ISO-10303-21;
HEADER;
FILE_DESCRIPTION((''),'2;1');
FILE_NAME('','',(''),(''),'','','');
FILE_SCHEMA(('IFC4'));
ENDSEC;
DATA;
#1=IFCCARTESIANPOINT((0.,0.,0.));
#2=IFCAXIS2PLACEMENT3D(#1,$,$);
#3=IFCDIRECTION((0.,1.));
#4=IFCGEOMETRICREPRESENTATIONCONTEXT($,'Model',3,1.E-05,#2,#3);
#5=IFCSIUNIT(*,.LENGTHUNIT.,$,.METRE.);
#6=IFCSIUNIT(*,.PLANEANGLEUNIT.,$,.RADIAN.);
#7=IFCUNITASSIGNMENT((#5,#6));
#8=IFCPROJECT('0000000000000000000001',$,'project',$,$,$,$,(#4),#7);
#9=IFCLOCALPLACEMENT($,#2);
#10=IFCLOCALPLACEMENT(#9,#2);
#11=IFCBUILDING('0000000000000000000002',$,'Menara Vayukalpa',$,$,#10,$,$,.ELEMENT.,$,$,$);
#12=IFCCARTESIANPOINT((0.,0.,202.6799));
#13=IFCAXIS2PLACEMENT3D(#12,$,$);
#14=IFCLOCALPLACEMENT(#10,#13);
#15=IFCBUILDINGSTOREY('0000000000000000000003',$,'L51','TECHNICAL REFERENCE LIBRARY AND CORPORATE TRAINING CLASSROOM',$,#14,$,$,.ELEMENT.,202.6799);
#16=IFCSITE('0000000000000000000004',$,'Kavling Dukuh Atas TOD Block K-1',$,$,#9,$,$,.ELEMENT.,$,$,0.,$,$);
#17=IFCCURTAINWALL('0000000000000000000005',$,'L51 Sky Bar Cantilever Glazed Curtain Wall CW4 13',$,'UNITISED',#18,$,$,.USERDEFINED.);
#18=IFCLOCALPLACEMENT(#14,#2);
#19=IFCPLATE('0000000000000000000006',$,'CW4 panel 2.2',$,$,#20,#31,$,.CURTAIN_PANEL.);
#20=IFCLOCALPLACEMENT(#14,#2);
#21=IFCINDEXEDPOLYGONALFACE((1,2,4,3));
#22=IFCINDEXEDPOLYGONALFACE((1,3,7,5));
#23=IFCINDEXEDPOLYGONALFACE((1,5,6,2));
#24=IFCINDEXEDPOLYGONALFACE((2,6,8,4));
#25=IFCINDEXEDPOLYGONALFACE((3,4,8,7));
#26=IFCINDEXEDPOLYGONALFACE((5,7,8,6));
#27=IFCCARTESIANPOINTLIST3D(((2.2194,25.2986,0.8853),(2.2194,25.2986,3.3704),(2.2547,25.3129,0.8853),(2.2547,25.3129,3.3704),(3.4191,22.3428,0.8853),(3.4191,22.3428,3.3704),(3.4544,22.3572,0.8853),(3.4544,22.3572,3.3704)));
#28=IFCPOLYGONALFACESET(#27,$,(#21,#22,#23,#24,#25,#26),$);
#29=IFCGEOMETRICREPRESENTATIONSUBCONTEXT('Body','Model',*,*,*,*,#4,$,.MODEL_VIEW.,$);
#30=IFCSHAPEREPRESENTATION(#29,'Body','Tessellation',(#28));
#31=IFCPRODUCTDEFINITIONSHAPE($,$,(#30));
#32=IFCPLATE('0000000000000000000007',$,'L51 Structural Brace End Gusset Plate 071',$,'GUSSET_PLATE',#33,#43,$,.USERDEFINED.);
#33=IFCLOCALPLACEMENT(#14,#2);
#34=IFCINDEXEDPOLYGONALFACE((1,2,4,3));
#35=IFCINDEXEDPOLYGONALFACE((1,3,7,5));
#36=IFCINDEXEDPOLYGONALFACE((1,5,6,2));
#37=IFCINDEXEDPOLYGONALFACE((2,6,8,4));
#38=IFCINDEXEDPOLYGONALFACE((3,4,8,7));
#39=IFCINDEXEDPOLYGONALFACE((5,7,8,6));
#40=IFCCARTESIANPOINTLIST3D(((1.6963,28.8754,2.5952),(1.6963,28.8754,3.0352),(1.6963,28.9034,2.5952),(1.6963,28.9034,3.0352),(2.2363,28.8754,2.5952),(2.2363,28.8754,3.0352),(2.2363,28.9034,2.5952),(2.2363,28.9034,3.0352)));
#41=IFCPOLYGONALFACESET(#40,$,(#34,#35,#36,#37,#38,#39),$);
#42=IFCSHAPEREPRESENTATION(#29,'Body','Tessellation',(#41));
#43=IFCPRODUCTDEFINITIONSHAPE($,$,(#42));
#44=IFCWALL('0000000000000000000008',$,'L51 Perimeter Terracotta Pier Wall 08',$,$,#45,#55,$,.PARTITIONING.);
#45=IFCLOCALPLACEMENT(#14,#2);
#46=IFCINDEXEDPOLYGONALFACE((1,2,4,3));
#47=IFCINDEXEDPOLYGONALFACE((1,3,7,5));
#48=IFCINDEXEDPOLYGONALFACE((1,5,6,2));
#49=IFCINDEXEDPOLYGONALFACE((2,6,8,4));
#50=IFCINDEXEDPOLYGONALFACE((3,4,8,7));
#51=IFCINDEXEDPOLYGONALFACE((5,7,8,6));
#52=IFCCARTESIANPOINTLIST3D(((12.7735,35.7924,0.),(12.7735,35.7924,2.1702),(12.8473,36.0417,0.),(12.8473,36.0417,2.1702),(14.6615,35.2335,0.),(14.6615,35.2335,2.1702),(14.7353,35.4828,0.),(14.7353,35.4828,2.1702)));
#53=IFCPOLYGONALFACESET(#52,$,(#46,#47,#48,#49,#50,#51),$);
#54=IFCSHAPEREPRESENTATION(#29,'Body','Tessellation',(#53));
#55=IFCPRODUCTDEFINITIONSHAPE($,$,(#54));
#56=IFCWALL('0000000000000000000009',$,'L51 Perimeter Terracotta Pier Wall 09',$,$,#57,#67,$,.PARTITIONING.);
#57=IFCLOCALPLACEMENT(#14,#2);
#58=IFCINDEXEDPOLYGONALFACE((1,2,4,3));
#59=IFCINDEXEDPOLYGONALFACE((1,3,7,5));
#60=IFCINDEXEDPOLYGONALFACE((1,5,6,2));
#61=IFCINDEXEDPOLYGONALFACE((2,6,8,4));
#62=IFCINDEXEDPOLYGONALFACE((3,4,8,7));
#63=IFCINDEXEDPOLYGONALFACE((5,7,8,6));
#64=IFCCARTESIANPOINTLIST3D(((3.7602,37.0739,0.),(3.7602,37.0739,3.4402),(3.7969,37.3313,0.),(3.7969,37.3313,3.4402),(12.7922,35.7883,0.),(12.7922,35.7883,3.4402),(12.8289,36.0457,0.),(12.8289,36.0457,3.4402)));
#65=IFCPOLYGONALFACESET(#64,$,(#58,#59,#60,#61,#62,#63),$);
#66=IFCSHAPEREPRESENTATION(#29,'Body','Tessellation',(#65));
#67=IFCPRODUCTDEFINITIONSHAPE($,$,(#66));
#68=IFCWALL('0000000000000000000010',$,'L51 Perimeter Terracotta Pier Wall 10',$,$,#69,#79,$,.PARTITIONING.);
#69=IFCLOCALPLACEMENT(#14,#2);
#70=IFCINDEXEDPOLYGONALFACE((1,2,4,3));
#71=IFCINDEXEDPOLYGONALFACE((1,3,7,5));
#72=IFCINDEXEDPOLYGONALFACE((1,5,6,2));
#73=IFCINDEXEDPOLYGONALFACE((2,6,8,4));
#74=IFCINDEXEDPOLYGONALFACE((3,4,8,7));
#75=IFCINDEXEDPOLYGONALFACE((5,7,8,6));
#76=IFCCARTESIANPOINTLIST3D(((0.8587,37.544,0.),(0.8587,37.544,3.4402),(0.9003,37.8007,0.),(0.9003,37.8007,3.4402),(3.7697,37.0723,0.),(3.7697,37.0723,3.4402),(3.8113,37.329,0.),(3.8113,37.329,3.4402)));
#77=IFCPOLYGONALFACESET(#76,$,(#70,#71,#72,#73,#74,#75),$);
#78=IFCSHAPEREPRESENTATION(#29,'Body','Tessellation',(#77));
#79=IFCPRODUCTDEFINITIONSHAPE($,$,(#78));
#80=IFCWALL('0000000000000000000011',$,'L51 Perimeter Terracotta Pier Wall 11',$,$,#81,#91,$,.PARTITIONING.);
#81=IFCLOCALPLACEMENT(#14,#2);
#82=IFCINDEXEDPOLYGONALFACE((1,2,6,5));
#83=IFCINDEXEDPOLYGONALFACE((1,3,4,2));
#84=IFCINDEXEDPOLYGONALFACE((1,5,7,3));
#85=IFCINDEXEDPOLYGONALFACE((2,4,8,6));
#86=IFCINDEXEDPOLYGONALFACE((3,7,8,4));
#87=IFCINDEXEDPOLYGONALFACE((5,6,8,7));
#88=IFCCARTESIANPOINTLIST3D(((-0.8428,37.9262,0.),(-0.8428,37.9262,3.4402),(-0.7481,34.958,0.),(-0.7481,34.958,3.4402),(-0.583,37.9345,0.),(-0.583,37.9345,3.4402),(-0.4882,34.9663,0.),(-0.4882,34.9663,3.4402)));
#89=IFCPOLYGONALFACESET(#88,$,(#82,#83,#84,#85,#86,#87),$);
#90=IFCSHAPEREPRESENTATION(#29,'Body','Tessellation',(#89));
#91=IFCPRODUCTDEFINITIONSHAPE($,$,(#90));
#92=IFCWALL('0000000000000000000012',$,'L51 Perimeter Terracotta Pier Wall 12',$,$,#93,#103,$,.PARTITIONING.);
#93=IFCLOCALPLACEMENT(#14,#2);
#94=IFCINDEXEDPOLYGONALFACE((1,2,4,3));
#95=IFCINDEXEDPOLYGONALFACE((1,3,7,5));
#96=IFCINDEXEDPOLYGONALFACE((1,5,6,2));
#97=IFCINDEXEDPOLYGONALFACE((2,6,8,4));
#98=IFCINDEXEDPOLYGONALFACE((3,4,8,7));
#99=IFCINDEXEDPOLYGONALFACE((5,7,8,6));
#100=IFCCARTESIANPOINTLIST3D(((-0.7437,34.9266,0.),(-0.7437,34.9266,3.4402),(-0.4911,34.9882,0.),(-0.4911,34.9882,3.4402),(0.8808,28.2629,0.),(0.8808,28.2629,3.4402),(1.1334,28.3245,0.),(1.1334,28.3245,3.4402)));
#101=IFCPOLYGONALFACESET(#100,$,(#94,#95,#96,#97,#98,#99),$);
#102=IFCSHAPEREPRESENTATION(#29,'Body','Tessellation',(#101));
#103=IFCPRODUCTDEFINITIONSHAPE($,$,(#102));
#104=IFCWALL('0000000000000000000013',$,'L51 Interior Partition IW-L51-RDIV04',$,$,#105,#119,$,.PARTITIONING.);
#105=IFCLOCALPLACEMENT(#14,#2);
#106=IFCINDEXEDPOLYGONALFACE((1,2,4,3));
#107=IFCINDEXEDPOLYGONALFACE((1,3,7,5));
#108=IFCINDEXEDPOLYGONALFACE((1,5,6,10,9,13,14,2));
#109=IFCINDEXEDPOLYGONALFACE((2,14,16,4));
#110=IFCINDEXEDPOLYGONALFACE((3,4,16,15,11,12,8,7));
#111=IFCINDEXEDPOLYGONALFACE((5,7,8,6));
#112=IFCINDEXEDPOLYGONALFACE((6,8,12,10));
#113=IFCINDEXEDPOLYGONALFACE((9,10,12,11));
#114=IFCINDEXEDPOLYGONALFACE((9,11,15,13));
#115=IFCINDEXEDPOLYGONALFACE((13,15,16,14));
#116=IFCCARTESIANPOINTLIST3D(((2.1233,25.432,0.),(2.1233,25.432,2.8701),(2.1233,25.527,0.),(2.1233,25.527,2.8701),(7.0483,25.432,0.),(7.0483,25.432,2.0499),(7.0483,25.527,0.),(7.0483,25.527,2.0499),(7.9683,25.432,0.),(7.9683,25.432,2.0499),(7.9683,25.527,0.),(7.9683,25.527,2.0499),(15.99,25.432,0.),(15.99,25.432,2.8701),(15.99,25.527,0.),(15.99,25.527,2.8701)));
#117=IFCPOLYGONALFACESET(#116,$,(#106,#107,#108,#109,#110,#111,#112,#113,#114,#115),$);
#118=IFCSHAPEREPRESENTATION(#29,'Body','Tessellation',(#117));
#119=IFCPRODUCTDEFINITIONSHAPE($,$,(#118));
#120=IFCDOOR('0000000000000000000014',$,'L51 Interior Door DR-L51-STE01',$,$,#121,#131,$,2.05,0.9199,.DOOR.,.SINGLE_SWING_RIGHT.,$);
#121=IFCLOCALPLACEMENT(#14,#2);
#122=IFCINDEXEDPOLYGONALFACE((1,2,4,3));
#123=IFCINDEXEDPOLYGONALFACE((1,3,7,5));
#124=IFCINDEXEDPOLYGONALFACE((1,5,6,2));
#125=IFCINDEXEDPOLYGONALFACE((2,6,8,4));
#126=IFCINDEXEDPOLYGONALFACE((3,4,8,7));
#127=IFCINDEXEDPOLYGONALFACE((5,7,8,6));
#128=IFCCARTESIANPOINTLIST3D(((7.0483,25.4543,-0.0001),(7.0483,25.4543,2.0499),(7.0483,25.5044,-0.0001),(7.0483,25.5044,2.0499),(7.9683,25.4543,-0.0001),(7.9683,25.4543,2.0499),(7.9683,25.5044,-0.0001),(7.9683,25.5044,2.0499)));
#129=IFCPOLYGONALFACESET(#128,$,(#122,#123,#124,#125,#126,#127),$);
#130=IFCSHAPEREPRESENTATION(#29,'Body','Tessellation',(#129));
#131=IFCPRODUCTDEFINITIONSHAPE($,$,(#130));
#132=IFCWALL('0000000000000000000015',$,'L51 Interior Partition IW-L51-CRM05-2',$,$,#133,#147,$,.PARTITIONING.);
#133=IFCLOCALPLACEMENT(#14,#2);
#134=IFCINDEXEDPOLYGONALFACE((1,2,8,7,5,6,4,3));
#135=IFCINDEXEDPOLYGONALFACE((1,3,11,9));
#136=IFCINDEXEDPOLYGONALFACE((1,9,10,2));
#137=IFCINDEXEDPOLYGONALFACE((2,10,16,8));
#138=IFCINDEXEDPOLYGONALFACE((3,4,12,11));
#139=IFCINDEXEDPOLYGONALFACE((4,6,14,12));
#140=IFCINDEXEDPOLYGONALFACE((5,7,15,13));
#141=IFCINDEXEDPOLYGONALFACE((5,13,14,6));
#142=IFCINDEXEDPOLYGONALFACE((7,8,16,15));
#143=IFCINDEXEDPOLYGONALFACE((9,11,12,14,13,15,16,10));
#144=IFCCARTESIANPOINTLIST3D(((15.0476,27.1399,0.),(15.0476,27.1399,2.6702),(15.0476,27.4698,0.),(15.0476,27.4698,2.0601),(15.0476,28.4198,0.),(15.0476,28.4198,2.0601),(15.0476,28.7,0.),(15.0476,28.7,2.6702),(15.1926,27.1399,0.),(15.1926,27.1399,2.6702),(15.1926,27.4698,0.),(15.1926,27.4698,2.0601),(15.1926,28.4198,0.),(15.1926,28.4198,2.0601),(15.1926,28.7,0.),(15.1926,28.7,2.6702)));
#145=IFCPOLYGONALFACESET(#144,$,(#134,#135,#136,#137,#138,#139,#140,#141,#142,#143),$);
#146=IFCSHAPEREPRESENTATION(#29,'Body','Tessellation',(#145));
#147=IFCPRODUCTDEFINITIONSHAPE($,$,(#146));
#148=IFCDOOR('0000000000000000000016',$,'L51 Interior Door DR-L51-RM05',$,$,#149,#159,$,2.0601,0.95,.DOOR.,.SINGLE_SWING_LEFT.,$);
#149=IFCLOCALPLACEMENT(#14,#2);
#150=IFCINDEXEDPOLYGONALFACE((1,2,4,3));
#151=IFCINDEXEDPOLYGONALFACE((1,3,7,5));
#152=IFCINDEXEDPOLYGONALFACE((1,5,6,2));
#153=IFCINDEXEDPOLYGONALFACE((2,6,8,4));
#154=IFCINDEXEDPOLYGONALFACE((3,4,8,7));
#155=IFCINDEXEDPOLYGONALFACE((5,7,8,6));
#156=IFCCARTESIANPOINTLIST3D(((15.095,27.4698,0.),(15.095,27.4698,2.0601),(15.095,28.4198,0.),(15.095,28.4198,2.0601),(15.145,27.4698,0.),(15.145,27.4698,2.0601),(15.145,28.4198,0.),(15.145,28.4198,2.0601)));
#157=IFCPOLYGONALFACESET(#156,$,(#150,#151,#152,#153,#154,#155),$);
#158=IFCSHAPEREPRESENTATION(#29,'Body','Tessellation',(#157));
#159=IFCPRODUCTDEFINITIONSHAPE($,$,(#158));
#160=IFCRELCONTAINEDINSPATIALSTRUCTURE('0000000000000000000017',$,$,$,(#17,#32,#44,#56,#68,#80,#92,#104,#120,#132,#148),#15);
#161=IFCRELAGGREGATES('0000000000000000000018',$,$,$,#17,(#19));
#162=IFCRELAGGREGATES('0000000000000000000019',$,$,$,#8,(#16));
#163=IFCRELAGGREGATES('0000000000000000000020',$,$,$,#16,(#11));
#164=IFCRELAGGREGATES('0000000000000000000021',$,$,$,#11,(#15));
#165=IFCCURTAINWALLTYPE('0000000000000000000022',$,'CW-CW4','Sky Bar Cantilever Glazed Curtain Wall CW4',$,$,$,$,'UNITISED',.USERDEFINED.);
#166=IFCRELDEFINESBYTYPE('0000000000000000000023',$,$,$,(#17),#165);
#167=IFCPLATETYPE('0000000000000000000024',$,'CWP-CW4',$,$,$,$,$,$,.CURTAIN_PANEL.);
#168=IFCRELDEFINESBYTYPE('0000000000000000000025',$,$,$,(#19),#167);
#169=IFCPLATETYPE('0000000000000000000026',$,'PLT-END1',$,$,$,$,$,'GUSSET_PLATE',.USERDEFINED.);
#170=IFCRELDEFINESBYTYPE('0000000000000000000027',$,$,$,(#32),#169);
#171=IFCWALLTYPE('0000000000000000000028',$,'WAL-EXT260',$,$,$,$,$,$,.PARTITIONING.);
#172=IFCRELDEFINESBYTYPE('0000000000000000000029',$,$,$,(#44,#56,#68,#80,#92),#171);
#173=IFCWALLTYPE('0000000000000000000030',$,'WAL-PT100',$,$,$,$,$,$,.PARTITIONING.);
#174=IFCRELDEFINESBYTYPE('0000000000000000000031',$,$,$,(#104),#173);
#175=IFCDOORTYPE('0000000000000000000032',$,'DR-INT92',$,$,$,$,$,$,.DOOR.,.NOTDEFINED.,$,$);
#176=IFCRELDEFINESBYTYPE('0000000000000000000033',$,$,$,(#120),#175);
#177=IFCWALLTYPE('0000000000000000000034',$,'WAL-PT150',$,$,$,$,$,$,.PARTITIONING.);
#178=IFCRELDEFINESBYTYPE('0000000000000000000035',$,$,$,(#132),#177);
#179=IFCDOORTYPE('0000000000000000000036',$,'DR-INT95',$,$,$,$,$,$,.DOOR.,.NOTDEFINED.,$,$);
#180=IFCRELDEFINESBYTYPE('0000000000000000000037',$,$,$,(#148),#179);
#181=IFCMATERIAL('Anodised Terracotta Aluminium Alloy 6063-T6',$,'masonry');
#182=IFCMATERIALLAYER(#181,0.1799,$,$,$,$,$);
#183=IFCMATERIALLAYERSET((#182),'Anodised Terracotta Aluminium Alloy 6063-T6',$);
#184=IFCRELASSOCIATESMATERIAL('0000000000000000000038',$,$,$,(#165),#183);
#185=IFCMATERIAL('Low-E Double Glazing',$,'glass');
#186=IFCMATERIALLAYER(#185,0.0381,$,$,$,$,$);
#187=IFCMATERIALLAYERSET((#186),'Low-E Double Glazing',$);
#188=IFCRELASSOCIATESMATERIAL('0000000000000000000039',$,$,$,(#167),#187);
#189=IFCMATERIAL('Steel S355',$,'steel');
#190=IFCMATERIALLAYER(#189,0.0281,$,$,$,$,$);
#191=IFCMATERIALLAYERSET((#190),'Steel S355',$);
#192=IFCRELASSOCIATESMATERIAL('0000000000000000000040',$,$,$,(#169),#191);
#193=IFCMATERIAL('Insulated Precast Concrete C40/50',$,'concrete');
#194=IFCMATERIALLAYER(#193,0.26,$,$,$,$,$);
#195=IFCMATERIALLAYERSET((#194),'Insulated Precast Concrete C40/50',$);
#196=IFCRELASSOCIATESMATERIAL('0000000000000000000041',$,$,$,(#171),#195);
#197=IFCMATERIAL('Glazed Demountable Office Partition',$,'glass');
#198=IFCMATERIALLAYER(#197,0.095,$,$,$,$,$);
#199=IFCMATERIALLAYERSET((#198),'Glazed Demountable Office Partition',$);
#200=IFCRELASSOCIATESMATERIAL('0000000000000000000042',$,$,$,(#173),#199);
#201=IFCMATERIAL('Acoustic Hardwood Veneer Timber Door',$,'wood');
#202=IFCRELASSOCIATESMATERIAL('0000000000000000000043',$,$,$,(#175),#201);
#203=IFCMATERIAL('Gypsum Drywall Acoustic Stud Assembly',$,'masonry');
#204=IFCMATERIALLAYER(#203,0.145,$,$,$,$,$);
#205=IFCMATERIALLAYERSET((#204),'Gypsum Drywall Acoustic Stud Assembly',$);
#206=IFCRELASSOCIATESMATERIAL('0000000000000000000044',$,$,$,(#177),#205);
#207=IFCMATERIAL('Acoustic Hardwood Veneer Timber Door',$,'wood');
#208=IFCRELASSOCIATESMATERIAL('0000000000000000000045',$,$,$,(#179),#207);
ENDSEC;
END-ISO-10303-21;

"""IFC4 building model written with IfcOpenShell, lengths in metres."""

from ifc_helpers import new_model, si_unit, direction, frame, frame_2d, origin, origin_2d, place, context, subcontext, project, spatial, rectangle, extrude, material, layer, layer_set, type_object, element, fill, aggregate, save


model = new_model("IFC4")

# Units and contexts
model_context = context("Model", 3, precision=1e-05, world=origin(), true_north=direction((0.0, 1.0)))
body_context = subcontext(model_context, "Body", "Model", "MODEL_VIEW")
ifc_project = project(units=[si_unit("LENGTHUNIT", "METRE"), si_unit("PLANEANGLEUNIT", "RADIAN")], contexts=[model_context])

# Site, building, storey
site_placement = place(None, origin())
site = spatial("IfcSite", under=ifc_project, at=site_placement, Name="Kavling Dukuh Atas TOD Block K-1", CompositionType="ELEMENT", RefElevation=0.0)
building_placement = place(site_placement, origin())
building = spatial("IfcBuilding", under=site, at=building_placement, Name="Menara Vayukalpa", CompositionType="ELEMENT")
storey_placement = place(building_placement, frame((0.0, 0.0, 202.6799)))
storey = spatial("IfcBuildingStorey", under=building, at=storey_placement, Name="L51", Description="TECHNICAL REFERENCE LIBRARY AND CORPORATE TRAINING CLASSROOM", CompositionType="ELEMENT", Elevation=202.6799)

# Curtain wall, plate
ifc_material_1 = material(Name="Anodised Terracotta Aluminium Alloy 6063-T6", Category="masonry")
ifc_layer_1 = layer(ifc_material_1, 0.1799)
ifc_layer_set_1 = layer_set([ifc_layer_1], Name="Anodised Terracotta Aluminium Alloy 6063-T6")
curtain_wall_type = type_object("IfcCurtainWallType", Name="CW-CW4", Description="Sky Bar Cantilever Glazed Curtain Wall CW4", ElementType="UNITISED", PredefinedType="USERDEFINED", material=ifc_layer_set_1)
curtain_wall_placement = place(storey_placement, origin())
curtain_wall = element("IfcCurtainWall", 1, at=curtain_wall_placement, inside=storey, type_object=curtain_wall_type, Name="L51 Sky Bar Cantilever Glazed Curtain Wall CW4 13", ObjectType="UNITISED", PredefinedType="USERDEFINED")
ifc_material_2 = material(Name="Low-E Double Glazing", Category="glass")
ifc_layer_2 = layer(ifc_material_2, 0.0381)
ifc_layer_set_2 = layer_set([ifc_layer_2], Name="Low-E Double Glazing")
plate_type_1 = type_object("IfcPlateType", Name="CWP-CW4", PredefinedType="CURTAIN_PANEL", material=ifc_layer_set_2)
plate_1_placement = place(storey_placement, frame((2.8369, 23.8279, 0.8853), z_axis=(0.0, 0.0, 1.0), x_axis=(0.376092, -0.926582, 0.0)))
plate_1 = element("IfcPlate", 2, at=plate_1_placement, type_object=plate_type_1, Name="CW4 panel 2.2", PredefinedType="CURTAIN_PANEL", context=body_context, shape_type="SweptSolid", body=[
    extrude(rectangle(XDim=3.1899, YDim=0.0381, at=origin_2d()), origin(), (0.0, 0.0, 1.0), 2.4851),
])
aggregate(curtain_wall, [plate_1])

# Plate
ifc_material_3 = material(Name="Steel S355", Category="steel")
ifc_layer_3 = layer(ifc_material_3, 0.0281)
ifc_layer_set_3 = layer_set([ifc_layer_3], Name="Steel S355")
plate_type_2 = type_object("IfcPlateType", Name="PLT-END1", ElementType="GUSSET_PLATE", PredefinedType="USERDEFINED", material=ifc_layer_set_3)
plate_2_placement = place(storey_placement, frame((1.9663, 28.8894, 2.5952), z_axis=(0.0, 0.0, 1.0), x_axis=(1.0, 0.0, 0.0)))
element("IfcPlate", 3, at=plate_2_placement, inside=storey, type_object=plate_type_2, Name="L51 Structural Brace End Gusset Plate 071", ObjectType="GUSSET_PLATE", PredefinedType="USERDEFINED", context=body_context, shape_type="SweptSolid", body=[
    extrude(rectangle(XDim=0.54, YDim=0.0281, at=origin_2d()), origin(), (0.0, 0.0, 1.0), 0.4399),
])

# Walls
ifc_material_4 = material(Name="Insulated Precast Concrete C40/50", Category="concrete")
ifc_layer_4 = layer(ifc_material_4, 0.26)
ifc_layer_set_4 = layer_set([ifc_layer_4], Name="Insulated Precast Concrete C40/50")
wall_type_1 = type_object("IfcWallType", Name="WAL-EXT260", PredefinedType="PARTITIONING", material=ifc_layer_set_4)
wall_1_placement = place(storey_placement, frame((12.8105, 35.917, 0.0), z_axis=(0.0, 0.0, 1.0), x_axis=(0.958874, -0.283831, 0.0)))
element("IfcWall", 4, at=wall_1_placement, inside=storey, type_object=wall_type_1, Name="L51 Perimeter Terracotta Pier Wall 08", PredefinedType="PARTITIONING", context=body_context, shape_type="SweptSolid", body=[
    extrude(rectangle(XDim=1.969, YDim=0.26, at=frame_2d((0.9844, 0.0))), origin(), (0.0, 0.0, 1.0), 2.1702),
])
wall_2_placement = place(storey_placement, frame((3.7786, 37.2026, 0.0), z_axis=(0.0, 0.0, 1.0), x_axis=(0.990021, -0.140923, 0.0)))
element("IfcWall", 5, at=wall_2_placement, inside=storey, type_object=wall_type_1, Name="L51 Perimeter Terracotta Pier Wall 09", PredefinedType="PARTITIONING", context=body_context, shape_type="SweptSolid", body=[
    extrude(rectangle(XDim=9.123, YDim=0.26, at=frame_2d((4.5615, 0.0))), origin(), (0.0, 0.0, 1.0), 3.4402),
])
wall_3_placement = place(storey_placement, frame((0.8794, 37.6724, 0.0), z_axis=(0.0, 0.0, 1.0), x_axis=(0.987125, -0.159953, 0.0)))
element("IfcWall", 6, at=wall_3_placement, inside=storey, type_object=wall_type_1, Name="L51 Perimeter Terracotta Pier Wall 10", PredefinedType="PARTITIONING", context=body_context, shape_type="SweptSolid", body=[
    extrude(rectangle(XDim=2.949, YDim=0.26, at=frame_2d((1.4746, 0.0))), origin(), (0.0, 0.0, 1.0), 3.4402),
])
wall_4_placement = place(storey_placement, frame((-0.6182, 34.9622, 0.0), z_axis=(0.0, 0.0, 1.0), x_axis=(-0.031897, 0.999491, 0.0)))
element("IfcWall", 7, at=wall_4_placement, inside=storey, type_object=wall_type_1, Name="L51 Perimeter Terracotta Pier Wall 11", PredefinedType="PARTITIONING", context=body_context, shape_type="SweptSolid", body=[
    extrude(rectangle(XDim=2.9697, YDim=0.26, at=frame_2d((1.4849, 0.0))), origin(), (0.0, 0.0, 1.0), 3.4402),
])
wall_5_placement = place(storey_placement, frame((1.0071, 28.2937, 0.0), z_axis=(0.0, 0.0, 1.0), x_axis=(-0.236845, 0.971548, 0.0)))
element("IfcWall", 8, at=wall_5_placement, inside=storey, type_object=wall_type_1, Name="L51 Perimeter Terracotta Pier Wall 12", PredefinedType="PARTITIONING", context=body_context, shape_type="SweptSolid", body=[
    extrude(rectangle(XDim=6.8589, YDim=0.26, at=frame_2d((3.4294, 0.0))), origin(), (0.0, 0.0, 1.0), 3.4402),
])

# Walls, openings, doors
ifc_material_5 = material(Name="Glazed Demountable Office Partition", Category="glass")
ifc_layer_5 = layer(ifc_material_5, 0.095)
ifc_layer_set_5 = layer_set([ifc_layer_5], Name="Glazed Demountable Office Partition")
wall_type_2 = type_object("IfcWallType", Name="WAL-PT100", PredefinedType="PARTITIONING", material=ifc_layer_set_5)
wall_6_placement = place(storey_placement, frame((2.1233, 25.4795, 0.0), z_axis=(0.0, 0.0, 1.0), x_axis=(1.0, 0.0, 0.0)))
wall_6 = element("IfcWall", 9, at=wall_6_placement, inside=storey, type_object=wall_type_2, Name="L51 Interior Partition IW-L51-RDIV04", PredefinedType="PARTITIONING", context=body_context, shape_type="SweptSolid", body=[
    extrude(rectangle(XDim=13.8667, YDim=0.095, at=frame_2d((6.9333, 0.0))), origin(), (0.0, 0.0, 1.0), 2.8701),
])
opening_1_placement = place(wall_6_placement, frame((4.925, 0.0, 0.0)))
opening_1 = element("IfcOpeningElement", 10, at=opening_1_placement, cuts=wall_6, PredefinedType="OPENING", context=body_context, shape_type="SweptSolid", body=[
    extrude(rectangle(XDim=0.9199, YDim=2.05, at=frame_2d((0.46, 1.0249))), frame((0.0, 0.0574, 0.0), z_axis=(0.0, -1.0, 0.0), x_axis=(1.0, 0.0, 0.0)), (0.0, 0.0, 1.0), 0.115),
])
ifc_material_6 = material(Name="Acoustic Hardwood Veneer Timber Door", Category="wood")
door_type_1 = type_object("IfcDoorType", Name="DR-INT92", OperationType="NOTDEFINED", PredefinedType="DOOR", material=ifc_material_6)
door_1_placement = place(opening_1_placement, origin())
door_1 = element("IfcDoor", 11, at=door_1_placement, inside=storey, type_object=door_type_1, Name="L51 Interior Door DR-L51-STE01", OperationType="SINGLE_SWING_RIGHT", OverallHeight=2.05, OverallWidth=0.9199, PredefinedType="DOOR", context=body_context, shape_type="SweptSolid", body=[
    extrude(rectangle(XDim=0.9199, YDim=2.05, at=frame_2d((0.46, 1.0249))), frame((0.0, 0.0249, 0.0), z_axis=(0.0, -1.0, 0.0), x_axis=(1.0, 0.0, 0.0)), (0.0, 0.0, 1.0), 0.05),
])
fill(opening_1, door_1)
ifc_material_7 = material(Name="Gypsum Drywall Acoustic Stud Assembly", Category="masonry")
ifc_layer_6 = layer(ifc_material_7, 0.145)
ifc_layer_set_6 = layer_set([ifc_layer_6], Name="Gypsum Drywall Acoustic Stud Assembly")
wall_type_3 = type_object("IfcWallType", Name="WAL-PT150", PredefinedType="PARTITIONING", material=ifc_layer_set_6)
wall_7_placement = place(storey_placement, frame((15.1201, 28.7, 0.0), z_axis=(0.0, 0.0, 1.0), x_axis=(0.0, -1.0, 0.0)))
wall_7 = element("IfcWall", 12, at=wall_7_placement, inside=storey, type_object=wall_type_3, Name="L51 Interior Partition IW-L51-CRM05-2", PredefinedType="PARTITIONING", context=body_context, shape_type="SweptSolid", body=[
    extrude(rectangle(XDim=1.5601, YDim=0.145, at=frame_2d((0.78, 0.0))), origin(), (0.0, 0.0, 1.0), 2.6702),
])
opening_2_placement = place(wall_7_placement, frame((0.28, 0.0, 0.0)))
opening_2 = element("IfcOpeningElement", 13, at=opening_2_placement, cuts=wall_7, PredefinedType="OPENING", context=body_context, shape_type="SweptSolid", body=[
    extrude(rectangle(XDim=0.95, YDim=2.0601, at=frame_2d((0.4751, 1.03))), frame((0.0, 0.0825, 0.0), z_axis=(0.0, -1.0, 0.0), x_axis=(1.0, 0.0, 0.0)), (0.0, 0.0, 1.0), 0.165),
])
ifc_material_8 = material(Name="Acoustic Hardwood Veneer Timber Door", Category="wood")
door_type_2 = type_object("IfcDoorType", Name="DR-INT95", OperationType="NOTDEFINED", PredefinedType="DOOR", material=ifc_material_8)
door_2_placement = place(opening_2_placement, origin())
door_2 = element("IfcDoor", 14, at=door_2_placement, inside=storey, type_object=door_type_2, Name="L51 Interior Door DR-L51-RM05", OperationType="SINGLE_SWING_LEFT", OverallHeight=2.0601, OverallWidth=0.95, PredefinedType="DOOR", context=body_context, shape_type="SweptSolid", body=[
    extrude(rectangle(XDim=0.95, YDim=2.0601, at=frame_2d((0.4751, 1.03))), frame((0.0, 0.0249, 0.0), z_axis=(0.0, -1.0, 0.0), x_axis=(1.0, 0.0, 0.0)), (0.0, 0.0, 1.0), 0.05),
])
fill(opening_2, door_2)

save(model, "model.ifc")
